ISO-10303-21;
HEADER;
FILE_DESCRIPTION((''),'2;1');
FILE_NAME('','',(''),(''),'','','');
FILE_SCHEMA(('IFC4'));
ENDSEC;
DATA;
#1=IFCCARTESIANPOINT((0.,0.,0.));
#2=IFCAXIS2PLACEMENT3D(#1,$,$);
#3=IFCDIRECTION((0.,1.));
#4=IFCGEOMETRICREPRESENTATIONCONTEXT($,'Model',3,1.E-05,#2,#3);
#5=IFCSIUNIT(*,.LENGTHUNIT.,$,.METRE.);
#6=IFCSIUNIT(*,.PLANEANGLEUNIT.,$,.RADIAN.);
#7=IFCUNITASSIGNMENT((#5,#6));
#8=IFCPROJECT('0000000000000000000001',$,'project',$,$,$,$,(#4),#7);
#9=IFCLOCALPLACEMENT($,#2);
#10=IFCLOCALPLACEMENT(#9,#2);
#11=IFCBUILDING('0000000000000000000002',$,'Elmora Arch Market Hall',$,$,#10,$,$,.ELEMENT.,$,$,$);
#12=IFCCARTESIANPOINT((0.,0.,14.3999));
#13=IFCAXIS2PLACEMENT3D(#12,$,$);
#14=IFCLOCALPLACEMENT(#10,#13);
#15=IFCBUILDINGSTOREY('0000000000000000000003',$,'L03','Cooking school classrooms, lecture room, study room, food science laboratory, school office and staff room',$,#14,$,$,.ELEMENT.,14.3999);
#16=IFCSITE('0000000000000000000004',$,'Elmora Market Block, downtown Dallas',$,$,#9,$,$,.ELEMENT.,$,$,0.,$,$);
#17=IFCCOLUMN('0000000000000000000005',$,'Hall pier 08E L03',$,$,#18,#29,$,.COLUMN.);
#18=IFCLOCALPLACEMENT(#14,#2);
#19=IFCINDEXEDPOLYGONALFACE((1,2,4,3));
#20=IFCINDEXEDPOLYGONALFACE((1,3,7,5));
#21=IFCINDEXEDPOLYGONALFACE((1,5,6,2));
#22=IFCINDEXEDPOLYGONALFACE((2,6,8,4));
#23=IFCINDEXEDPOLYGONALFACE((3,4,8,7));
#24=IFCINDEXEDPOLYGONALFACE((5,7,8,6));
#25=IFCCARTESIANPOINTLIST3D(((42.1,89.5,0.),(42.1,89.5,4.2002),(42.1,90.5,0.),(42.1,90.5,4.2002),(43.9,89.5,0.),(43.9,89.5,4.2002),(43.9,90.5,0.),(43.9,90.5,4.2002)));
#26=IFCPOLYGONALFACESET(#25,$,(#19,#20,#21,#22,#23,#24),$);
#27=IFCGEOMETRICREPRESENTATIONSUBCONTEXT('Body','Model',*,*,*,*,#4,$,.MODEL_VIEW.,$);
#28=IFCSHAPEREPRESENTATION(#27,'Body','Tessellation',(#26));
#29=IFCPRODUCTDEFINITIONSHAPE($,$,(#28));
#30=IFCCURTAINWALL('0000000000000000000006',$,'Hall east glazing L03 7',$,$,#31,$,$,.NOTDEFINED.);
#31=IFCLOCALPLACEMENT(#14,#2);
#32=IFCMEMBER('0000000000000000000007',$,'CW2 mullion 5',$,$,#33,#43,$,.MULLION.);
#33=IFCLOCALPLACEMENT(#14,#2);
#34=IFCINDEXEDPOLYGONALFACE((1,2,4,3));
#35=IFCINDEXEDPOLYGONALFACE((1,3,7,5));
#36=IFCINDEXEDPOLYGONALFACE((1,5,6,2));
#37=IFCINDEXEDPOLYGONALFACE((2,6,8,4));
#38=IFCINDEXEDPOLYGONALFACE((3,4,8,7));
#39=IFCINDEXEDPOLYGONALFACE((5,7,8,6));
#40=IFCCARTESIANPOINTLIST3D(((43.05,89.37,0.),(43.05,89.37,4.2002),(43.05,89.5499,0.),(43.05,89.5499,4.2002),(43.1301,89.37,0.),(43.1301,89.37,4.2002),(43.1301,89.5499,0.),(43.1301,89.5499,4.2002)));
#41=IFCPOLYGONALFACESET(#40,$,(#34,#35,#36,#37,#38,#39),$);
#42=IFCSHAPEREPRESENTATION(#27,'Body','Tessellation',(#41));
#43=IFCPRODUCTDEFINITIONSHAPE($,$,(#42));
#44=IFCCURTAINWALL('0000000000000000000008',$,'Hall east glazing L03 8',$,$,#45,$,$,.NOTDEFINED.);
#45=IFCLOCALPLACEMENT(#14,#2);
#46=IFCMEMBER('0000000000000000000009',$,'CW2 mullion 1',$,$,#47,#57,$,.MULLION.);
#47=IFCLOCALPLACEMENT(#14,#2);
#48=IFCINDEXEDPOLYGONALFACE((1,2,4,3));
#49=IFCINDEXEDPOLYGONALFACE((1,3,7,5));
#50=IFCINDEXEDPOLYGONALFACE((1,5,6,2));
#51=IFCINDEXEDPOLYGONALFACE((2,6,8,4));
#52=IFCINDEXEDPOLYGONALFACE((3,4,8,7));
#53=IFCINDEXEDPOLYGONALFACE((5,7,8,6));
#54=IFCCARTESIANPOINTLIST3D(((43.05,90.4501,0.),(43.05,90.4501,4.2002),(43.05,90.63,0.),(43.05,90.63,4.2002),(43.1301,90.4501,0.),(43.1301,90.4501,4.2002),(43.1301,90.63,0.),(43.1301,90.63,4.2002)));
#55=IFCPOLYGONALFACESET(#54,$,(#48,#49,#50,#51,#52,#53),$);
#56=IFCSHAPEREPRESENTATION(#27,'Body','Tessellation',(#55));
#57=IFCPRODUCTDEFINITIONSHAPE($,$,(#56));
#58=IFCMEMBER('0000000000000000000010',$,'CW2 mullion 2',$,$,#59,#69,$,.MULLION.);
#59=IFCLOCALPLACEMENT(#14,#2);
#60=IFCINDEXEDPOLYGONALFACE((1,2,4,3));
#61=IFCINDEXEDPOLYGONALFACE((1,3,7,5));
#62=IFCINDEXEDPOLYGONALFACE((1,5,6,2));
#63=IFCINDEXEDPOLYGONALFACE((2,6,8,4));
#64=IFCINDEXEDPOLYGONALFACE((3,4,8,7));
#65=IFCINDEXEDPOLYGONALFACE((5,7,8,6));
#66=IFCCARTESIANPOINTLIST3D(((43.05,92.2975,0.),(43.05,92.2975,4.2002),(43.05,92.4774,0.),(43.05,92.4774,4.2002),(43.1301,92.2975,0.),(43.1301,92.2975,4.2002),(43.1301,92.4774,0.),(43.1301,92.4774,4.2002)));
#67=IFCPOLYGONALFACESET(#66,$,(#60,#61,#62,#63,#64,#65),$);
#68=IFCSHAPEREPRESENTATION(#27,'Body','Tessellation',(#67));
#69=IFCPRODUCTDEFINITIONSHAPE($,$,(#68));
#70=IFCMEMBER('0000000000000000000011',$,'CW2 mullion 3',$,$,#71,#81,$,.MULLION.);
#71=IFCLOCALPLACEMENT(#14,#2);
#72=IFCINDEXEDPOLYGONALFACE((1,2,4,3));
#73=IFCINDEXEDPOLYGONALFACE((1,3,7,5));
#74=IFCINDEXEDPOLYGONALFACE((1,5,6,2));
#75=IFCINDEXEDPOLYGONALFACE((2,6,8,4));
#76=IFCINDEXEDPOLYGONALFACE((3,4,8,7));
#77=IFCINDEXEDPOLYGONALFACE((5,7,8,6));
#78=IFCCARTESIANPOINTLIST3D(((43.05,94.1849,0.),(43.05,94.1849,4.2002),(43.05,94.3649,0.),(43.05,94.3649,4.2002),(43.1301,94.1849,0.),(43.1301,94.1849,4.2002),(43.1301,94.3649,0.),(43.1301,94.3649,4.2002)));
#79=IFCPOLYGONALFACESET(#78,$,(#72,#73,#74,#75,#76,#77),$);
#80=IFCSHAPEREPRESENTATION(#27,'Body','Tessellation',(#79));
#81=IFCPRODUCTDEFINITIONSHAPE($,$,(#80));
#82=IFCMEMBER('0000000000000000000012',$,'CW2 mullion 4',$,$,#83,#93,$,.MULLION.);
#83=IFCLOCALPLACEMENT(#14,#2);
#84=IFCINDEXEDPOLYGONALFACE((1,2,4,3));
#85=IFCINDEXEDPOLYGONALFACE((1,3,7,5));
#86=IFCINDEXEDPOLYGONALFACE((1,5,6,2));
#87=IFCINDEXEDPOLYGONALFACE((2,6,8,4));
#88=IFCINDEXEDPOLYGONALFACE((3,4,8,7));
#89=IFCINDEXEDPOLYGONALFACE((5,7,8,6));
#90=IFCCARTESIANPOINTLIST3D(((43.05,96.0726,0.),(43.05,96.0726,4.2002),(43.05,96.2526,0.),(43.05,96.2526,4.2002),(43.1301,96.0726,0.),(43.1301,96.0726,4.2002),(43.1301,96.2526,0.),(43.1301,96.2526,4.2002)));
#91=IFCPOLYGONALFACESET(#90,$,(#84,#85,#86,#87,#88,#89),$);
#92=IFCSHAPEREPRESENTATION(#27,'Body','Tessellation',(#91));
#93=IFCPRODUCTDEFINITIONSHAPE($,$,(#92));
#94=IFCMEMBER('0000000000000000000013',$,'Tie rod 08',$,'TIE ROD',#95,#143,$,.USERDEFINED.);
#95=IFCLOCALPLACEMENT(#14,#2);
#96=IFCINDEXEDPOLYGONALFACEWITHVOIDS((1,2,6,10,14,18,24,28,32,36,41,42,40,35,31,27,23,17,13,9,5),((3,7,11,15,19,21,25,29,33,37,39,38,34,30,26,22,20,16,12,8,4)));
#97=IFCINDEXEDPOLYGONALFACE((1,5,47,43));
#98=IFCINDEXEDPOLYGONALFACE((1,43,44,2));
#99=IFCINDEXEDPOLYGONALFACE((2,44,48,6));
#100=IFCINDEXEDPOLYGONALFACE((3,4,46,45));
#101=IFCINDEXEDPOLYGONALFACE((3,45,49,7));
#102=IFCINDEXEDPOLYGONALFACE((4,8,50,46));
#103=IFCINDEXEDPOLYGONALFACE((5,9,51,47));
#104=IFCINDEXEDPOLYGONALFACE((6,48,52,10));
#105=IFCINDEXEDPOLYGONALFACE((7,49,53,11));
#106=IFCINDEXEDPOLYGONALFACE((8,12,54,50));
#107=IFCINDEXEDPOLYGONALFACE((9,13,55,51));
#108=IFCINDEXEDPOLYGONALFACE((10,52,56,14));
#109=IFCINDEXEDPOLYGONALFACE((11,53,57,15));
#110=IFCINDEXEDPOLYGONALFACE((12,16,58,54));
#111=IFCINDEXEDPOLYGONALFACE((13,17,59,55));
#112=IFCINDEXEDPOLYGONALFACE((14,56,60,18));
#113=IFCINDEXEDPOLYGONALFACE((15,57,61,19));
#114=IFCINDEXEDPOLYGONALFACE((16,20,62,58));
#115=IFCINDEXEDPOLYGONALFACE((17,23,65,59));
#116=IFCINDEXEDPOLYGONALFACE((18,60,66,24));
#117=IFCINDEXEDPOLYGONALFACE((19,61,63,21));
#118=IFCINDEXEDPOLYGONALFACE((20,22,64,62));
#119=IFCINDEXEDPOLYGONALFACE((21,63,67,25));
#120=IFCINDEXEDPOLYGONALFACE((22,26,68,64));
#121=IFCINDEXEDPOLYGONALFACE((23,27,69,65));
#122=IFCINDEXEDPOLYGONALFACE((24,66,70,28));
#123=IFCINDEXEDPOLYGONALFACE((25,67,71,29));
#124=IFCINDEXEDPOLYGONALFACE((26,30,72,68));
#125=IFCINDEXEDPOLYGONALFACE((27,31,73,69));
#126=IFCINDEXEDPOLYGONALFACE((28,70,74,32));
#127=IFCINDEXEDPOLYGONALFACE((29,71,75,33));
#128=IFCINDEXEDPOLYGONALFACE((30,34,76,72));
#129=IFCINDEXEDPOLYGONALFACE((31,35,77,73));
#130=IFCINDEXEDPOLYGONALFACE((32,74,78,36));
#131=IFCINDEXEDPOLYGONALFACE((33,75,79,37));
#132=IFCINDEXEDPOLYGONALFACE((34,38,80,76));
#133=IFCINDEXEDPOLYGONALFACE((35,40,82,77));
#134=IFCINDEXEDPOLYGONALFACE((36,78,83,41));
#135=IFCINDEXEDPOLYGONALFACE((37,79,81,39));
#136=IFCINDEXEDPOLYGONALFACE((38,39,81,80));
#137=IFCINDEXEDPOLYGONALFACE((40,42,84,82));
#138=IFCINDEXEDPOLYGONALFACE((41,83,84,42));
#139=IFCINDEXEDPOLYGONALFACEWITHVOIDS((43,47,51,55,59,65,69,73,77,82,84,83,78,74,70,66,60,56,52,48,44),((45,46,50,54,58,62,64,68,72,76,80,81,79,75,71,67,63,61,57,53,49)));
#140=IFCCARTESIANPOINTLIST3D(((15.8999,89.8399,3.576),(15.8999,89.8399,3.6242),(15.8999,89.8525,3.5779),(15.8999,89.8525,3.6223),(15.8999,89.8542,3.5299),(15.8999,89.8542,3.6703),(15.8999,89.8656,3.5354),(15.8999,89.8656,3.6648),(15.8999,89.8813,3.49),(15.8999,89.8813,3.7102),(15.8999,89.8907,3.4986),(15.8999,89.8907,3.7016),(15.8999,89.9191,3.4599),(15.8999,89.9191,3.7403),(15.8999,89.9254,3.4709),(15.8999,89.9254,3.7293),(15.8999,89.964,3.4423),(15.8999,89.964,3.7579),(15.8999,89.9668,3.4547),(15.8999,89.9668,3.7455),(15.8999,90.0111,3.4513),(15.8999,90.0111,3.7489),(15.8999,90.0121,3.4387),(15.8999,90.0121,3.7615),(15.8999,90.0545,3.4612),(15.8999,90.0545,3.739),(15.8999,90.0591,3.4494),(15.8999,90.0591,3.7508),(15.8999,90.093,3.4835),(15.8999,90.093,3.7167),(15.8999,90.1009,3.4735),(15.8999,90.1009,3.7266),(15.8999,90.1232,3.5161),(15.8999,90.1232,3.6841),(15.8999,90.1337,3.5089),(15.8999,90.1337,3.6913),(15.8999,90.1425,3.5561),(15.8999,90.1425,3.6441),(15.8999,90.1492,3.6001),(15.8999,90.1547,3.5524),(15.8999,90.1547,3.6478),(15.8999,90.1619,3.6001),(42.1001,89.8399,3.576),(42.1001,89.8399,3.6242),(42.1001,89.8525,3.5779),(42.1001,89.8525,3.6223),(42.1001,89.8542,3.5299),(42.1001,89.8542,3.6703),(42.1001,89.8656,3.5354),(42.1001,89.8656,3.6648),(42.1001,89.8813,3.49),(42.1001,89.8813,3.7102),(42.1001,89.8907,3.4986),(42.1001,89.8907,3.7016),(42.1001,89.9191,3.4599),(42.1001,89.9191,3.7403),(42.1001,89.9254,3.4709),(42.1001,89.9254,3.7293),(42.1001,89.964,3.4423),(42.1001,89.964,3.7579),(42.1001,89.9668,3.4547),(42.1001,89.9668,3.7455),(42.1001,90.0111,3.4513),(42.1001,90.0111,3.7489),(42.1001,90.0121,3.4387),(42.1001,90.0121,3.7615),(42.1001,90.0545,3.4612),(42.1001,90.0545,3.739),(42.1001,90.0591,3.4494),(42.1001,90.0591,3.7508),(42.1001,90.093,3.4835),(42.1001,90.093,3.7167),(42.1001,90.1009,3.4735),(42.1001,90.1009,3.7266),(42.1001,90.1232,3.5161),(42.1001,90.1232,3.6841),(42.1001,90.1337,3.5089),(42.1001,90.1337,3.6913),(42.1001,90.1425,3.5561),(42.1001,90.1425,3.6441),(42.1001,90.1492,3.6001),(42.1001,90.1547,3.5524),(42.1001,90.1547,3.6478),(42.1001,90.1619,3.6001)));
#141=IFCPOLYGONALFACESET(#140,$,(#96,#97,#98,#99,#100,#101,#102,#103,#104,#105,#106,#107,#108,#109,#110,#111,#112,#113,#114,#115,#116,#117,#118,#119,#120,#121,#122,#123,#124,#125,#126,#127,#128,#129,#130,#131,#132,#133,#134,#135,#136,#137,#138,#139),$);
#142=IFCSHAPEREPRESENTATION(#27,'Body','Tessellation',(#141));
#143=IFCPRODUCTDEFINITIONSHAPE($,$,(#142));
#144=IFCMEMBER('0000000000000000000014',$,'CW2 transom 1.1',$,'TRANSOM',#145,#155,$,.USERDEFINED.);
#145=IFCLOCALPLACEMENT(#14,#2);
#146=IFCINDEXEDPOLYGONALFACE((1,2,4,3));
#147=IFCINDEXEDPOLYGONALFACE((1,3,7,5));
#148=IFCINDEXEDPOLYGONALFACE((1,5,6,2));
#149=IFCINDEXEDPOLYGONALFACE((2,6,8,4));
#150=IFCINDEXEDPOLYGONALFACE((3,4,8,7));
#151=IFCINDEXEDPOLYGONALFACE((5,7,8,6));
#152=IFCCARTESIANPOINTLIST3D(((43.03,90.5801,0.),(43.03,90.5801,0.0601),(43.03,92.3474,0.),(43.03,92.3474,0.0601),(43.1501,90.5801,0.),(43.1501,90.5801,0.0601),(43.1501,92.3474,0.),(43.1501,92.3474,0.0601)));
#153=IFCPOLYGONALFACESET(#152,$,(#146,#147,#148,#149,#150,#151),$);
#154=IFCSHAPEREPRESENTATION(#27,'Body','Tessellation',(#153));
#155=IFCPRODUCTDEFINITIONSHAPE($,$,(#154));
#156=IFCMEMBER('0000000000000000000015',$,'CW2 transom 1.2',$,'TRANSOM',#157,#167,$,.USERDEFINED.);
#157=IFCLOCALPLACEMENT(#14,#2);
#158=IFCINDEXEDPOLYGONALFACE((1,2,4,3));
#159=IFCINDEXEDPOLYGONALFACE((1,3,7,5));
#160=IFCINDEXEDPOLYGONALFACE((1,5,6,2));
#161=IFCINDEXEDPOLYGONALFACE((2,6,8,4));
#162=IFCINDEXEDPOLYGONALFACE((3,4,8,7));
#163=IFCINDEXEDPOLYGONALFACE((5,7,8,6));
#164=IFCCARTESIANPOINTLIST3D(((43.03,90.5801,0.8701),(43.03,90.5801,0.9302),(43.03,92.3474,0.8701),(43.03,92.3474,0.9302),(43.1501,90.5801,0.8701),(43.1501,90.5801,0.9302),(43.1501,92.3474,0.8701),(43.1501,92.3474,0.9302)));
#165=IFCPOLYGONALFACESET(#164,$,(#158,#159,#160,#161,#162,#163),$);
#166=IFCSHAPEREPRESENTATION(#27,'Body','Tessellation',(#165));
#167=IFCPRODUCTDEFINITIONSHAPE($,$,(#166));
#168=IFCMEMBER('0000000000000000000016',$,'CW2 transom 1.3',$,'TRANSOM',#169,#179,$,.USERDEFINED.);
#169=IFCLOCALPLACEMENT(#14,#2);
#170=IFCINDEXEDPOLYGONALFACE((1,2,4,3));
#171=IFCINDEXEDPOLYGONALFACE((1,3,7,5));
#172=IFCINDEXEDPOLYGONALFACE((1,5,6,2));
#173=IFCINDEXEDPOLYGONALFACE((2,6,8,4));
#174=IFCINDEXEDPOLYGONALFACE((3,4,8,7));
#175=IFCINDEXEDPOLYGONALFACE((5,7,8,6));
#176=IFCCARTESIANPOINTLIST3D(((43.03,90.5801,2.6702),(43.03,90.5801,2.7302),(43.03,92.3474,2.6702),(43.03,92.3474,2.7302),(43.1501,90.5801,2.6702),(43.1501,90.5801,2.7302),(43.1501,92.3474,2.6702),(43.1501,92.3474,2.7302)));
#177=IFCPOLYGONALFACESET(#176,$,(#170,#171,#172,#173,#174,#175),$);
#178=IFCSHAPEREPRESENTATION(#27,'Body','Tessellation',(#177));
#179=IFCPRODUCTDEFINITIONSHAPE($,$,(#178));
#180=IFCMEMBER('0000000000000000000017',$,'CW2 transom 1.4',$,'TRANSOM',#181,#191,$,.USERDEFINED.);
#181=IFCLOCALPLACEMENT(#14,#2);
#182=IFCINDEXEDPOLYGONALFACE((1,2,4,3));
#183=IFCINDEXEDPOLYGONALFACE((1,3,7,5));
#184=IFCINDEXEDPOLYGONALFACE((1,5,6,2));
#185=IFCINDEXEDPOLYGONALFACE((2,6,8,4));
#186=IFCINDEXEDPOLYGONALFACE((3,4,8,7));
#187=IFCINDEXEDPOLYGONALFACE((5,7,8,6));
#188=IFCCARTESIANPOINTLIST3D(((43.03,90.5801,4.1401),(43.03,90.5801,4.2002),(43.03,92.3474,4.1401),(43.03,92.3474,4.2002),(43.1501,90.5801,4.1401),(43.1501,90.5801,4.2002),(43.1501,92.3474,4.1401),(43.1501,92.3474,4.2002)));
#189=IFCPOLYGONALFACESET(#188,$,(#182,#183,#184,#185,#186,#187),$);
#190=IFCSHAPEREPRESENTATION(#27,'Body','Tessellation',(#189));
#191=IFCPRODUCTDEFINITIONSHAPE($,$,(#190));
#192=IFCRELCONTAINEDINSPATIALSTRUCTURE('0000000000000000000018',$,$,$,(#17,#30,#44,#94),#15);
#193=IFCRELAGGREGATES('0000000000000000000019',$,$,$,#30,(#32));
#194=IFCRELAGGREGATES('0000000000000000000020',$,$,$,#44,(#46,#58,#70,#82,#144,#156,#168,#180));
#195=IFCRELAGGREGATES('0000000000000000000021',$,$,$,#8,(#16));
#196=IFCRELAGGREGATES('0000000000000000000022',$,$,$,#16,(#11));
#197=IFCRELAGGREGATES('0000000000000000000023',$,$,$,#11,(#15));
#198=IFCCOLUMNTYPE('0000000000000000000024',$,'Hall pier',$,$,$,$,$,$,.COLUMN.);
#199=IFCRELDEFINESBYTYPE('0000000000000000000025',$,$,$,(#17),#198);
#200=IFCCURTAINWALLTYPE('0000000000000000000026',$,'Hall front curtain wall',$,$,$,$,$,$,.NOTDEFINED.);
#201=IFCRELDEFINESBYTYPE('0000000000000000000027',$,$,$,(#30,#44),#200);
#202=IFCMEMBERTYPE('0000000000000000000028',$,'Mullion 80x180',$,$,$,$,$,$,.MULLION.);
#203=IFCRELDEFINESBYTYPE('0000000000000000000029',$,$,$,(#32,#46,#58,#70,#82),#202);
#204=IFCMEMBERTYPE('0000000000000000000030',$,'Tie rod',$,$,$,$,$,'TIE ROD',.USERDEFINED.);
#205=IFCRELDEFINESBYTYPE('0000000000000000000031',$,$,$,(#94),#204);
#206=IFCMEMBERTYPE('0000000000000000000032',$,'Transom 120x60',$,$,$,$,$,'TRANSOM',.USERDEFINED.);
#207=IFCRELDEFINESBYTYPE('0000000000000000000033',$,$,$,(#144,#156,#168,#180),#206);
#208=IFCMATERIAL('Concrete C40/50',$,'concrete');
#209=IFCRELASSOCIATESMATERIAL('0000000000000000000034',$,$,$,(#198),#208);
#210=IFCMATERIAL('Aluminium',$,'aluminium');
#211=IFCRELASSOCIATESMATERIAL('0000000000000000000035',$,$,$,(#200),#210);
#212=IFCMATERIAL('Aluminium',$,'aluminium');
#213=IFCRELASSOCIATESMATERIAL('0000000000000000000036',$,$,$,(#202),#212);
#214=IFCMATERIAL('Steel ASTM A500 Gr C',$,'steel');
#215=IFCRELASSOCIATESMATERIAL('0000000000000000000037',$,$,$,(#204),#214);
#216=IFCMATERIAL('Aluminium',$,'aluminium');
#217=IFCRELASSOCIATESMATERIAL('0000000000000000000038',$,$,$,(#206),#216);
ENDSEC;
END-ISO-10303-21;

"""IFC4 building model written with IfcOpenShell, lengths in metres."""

from ifc_helpers import new_model, si_unit, direction, frame, origin, origin_2d, place, context, subcontext, project, spatial, rectangle, hollow_circle, extrude, material, material_profile, profile_set, type_object, element, aggregate, save


model = new_model("IFC4")

# Units and contexts
model_context = context("Model", 3, precision=1e-05, world=origin(), true_north=direction((0.0, 1.0)))
body_context = subcontext(model_context, "Body", "Model", "MODEL_VIEW")
ifc_project = project(units=[si_unit("LENGTHUNIT", "METRE"), si_unit("PLANEANGLEUNIT", "RADIAN")], contexts=[model_context])

# Site, building, storey
site_placement = place(None, origin())
site = spatial("IfcSite", under=ifc_project, at=site_placement, Name="Elmora Market Block, downtown Dallas", CompositionType="ELEMENT", RefElevation=0.0)
building_placement = place(site_placement, origin())
building = spatial("IfcBuilding", under=site, at=building_placement, Name="Elmora Arch Market Hall", CompositionType="ELEMENT")
storey_placement = place(building_placement, frame((0.0, 0.0, 14.3999)))
storey = spatial("IfcBuildingStorey", under=building, at=storey_placement, Name="L03", Description="Cooking school classrooms, lecture room, study room, food science laboratory, school office and staff room", CompositionType="ELEMENT", Elevation=14.3999)

# Column
ifc_material_1 = material(Name="Concrete C40/50", Category="concrete")
ifc_material_profile_1 = material_profile(ifc_material_1, rectangle(XDim=1.8, YDim=1.0, at=origin_2d()), Name="Hall pier")
ifc_profile_set_1 = profile_set([ifc_material_profile_1], Name="Concrete C40/50")
column_type = type_object("IfcColumnType", Name="Hall pier", PredefinedType="COLUMN", material=ifc_profile_set_1)
column_placement = place(storey_placement, frame((43.0, 90.0, 0.0), z_axis=(0.0, 0.0, 1.0), x_axis=(1.0, 0.0, 0.0)))
element("IfcColumn", 1, at=column_placement, inside=storey, type_object=column_type, Name="Hall pier 08E L03", PredefinedType="COLUMN", context=body_context, shape_type="SweptSolid", body=[
    extrude(rectangle(XDim=1.8, YDim=1.0, at=origin_2d()), origin(), (0.0, 0.0, 1.0), 4.2002),
])

# Curtain wall, member
ifc_material_2 = material(Name="Aluminium", Category="aluminium")
curtain_wall_type = type_object("IfcCurtainWallType", Name="Hall front curtain wall", PredefinedType="NOTDEFINED", material=ifc_material_2)
curtain_wall_1_placement = place(storey_placement, origin())
curtain_wall_1 = element("IfcCurtainWall", 2, at=curtain_wall_1_placement, inside=storey, type_object=curtain_wall_type, Name="Hall east glazing L03 7", PredefinedType="NOTDEFINED")
ifc_material_3 = material(Name="Aluminium", Category="aluminium")
ifc_material_profile_2 = material_profile(ifc_material_3, rectangle(XDim=0.0801, YDim=0.1799, at=origin_2d()), Name="AL 80x180")
ifc_profile_set_2 = profile_set([ifc_material_profile_2], Name="Aluminium")
member_type_1 = type_object("IfcMemberType", Name="Mullion 80x180", PredefinedType="MULLION", material=ifc_profile_set_2)
member_1_placement = place(storey_placement, frame((43.0901, 89.46, 0.0), z_axis=(0.0, 0.0, 1.0), x_axis=(-1.0, 0.0, 0.0)))
member_1 = element("IfcMember", 3, at=member_1_placement, type_object=member_type_1, Name="CW2 mullion 5", PredefinedType="MULLION", context=body_context, shape_type="SweptSolid", body=[
    extrude(rectangle(XDim=0.0801, YDim=0.1799, at=origin_2d()), origin(), (0.0, 0.0, 1.0), 4.2002),
])

# Curtain wall, members
curtain_wall_2_placement = place(storey_placement, origin())
curtain_wall_2 = element("IfcCurtainWall", 4, at=curtain_wall_2_placement, inside=storey, type_object=curtain_wall_type, Name="Hall east glazing L03 8", PredefinedType="NOTDEFINED")
member_2_placement = place(storey_placement, frame((43.0901, 90.54, 0.0), z_axis=(0.0, 0.0, 1.0), x_axis=(-1.0, 0.0, 0.0)))
member_2 = element("IfcMember", 5, at=member_2_placement, type_object=member_type_1, Name="CW2 mullion 1", PredefinedType="MULLION", context=body_context, shape_type="SweptSolid", body=[
    extrude(rectangle(XDim=0.0801, YDim=0.1799, at=origin_2d()), origin(), (0.0, 0.0, 1.0), 4.2002),
])
member_3_placement = place(storey_placement, frame((43.0901, 92.3875, 0.0), z_axis=(0.0, 0.0, 1.0), x_axis=(-1.0, 0.0, 0.0)))
member_3 = element("IfcMember", 6, at=member_3_placement, type_object=member_type_1, Name="CW2 mullion 2", PredefinedType="MULLION", context=body_context, shape_type="SweptSolid", body=[
    extrude(rectangle(XDim=0.0801, YDim=0.1799, at=origin_2d()), origin(), (0.0, 0.0, 1.0), 4.2002),
])
member_4_placement = place(storey_placement, frame((43.0901, 94.2749, 0.0), z_axis=(0.0, 0.0, 1.0), x_axis=(-1.0, 0.0, 0.0)))
member_4 = element("IfcMember", 7, at=member_4_placement, type_object=member_type_1, Name="CW2 mullion 3", PredefinedType="MULLION", context=body_context, shape_type="SweptSolid", body=[
    extrude(rectangle(XDim=0.0801, YDim=0.1799, at=origin_2d()), origin(), (0.0, 0.0, 1.0), 4.2002),
])
member_5_placement = place(storey_placement, frame((43.0901, 96.1626, 0.0), z_axis=(0.0, 0.0, 1.0), x_axis=(-1.0, 0.0, 0.0)))
member_5 = element("IfcMember", 8, at=member_5_placement, type_object=member_type_1, Name="CW2 mullion 4", PredefinedType="MULLION", context=body_context, shape_type="SweptSolid", body=[
    extrude(rectangle(XDim=0.0801, YDim=0.1799, at=origin_2d()), origin(), (0.0, 0.0, 1.0), 4.2002),
])

# Members
ifc_material_4 = material(Name="Steel ASTM A500 Gr C", Category="steel")
ifc_material_profile_3 = material_profile(ifc_material_4, hollow_circle(Radius=0.1619, WallThickness=0.0127, at=origin_2d()), Name="Tie rod")
ifc_profile_set_3 = profile_set([ifc_material_profile_3], Name="Steel ASTM A500 Gr C")
member_type_2 = type_object("IfcMemberType", Name="Tie rod", ElementType="TIE ROD", PredefinedType="USERDEFINED", material=ifc_profile_set_3)
member_6_placement = place(storey_placement, frame((15.8999, 90.0, 3.6001), z_axis=(1.0, 0.0, 0.0), x_axis=(0.0, 1.0, 0.0)))
element("IfcMember", 9, at=member_6_placement, inside=storey, type_object=member_type_2, Name="Tie rod 08", ObjectType="TIE ROD", PredefinedType="USERDEFINED", context=body_context, shape_type="SweptSolid", body=[
    extrude(hollow_circle(Radius=0.1619, WallThickness=0.0127, at=origin_2d()), origin(), (0.0, 0.0, 1.0), 26.2002),
])
ifc_material_5 = material(Name="Aluminium", Category="aluminium")
ifc_material_profile_4 = material_profile(ifc_material_5, rectangle(XDim=0.1201, YDim=0.0601, at=origin_2d()), Name="AL 120x60")
ifc_profile_set_4 = profile_set([ifc_material_profile_4], Name="Aluminium")
member_type_3 = type_object("IfcMemberType", Name="Transom 120x60", ElementType="TRANSOM", PredefinedType="USERDEFINED", material=ifc_profile_set_4)
member_7_placement = place(storey_placement, frame((43.0901, 90.5801, 0.03), z_axis=(0.0, 1.0, 0.0), x_axis=(-1.0, 0.0, 0.0)))
member_7 = element("IfcMember", 10, at=member_7_placement, type_object=member_type_3, Name="CW2 transom 1.1", ObjectType="TRANSOM", PredefinedType="USERDEFINED", context=body_context, shape_type="SweptSolid", body=[
    extrude(rectangle(XDim=0.1201, YDim=0.0601, at=origin_2d()), origin(), (0.0, 0.0, 1.0), 1.7673),
])
member_8_placement = place(storey_placement, frame((43.0901, 90.5801, 0.9001), z_axis=(0.0, 1.0, 0.0), x_axis=(-1.0, 0.0, 0.0)))
member_8 = element("IfcMember", 11, at=member_8_placement, type_object=member_type_3, Name="CW2 transom 1.2", ObjectType="TRANSOM", PredefinedType="USERDEFINED", context=body_context, shape_type="SweptSolid", body=[
    extrude(rectangle(XDim=0.1201, YDim=0.0601, at=origin_2d()), origin(), (0.0, 0.0, 1.0), 1.7673),
])
member_9_placement = place(storey_placement, frame((43.0901, 90.5801, 2.7002), z_axis=(0.0, 1.0, 0.0), x_axis=(-1.0, 0.0, 0.0)))
member_9 = element("IfcMember", 12, at=member_9_placement, type_object=member_type_3, Name="CW2 transom 1.3", ObjectType="TRANSOM", PredefinedType="USERDEFINED", context=body_context, shape_type="SweptSolid", body=[
    extrude(rectangle(XDim=0.1201, YDim=0.0601, at=origin_2d()), origin(), (0.0, 0.0, 1.0), 1.7673),
])
member_10_placement = place(storey_placement, frame((43.0901, 90.5801, 4.1702), z_axis=(0.0, 1.0, 0.0), x_axis=(-1.0, 0.0, 0.0)))
member_10 = element("IfcMember", 13, at=member_10_placement, type_object=member_type_3, Name="CW2 transom 1.4", ObjectType="TRANSOM", PredefinedType="USERDEFINED", context=body_context, shape_type="SweptSolid", body=[
    extrude(rectangle(XDim=0.1201, YDim=0.0601, at=origin_2d()), origin(), (0.0, 0.0, 1.0), 1.7673),
])

aggregate(curtain_wall_1, [member_1])
aggregate(curtain_wall_2, [member_2, member_3, member_4, member_5, member_7, member_8, member_9, member_10])

save(model, "model.ifc")
